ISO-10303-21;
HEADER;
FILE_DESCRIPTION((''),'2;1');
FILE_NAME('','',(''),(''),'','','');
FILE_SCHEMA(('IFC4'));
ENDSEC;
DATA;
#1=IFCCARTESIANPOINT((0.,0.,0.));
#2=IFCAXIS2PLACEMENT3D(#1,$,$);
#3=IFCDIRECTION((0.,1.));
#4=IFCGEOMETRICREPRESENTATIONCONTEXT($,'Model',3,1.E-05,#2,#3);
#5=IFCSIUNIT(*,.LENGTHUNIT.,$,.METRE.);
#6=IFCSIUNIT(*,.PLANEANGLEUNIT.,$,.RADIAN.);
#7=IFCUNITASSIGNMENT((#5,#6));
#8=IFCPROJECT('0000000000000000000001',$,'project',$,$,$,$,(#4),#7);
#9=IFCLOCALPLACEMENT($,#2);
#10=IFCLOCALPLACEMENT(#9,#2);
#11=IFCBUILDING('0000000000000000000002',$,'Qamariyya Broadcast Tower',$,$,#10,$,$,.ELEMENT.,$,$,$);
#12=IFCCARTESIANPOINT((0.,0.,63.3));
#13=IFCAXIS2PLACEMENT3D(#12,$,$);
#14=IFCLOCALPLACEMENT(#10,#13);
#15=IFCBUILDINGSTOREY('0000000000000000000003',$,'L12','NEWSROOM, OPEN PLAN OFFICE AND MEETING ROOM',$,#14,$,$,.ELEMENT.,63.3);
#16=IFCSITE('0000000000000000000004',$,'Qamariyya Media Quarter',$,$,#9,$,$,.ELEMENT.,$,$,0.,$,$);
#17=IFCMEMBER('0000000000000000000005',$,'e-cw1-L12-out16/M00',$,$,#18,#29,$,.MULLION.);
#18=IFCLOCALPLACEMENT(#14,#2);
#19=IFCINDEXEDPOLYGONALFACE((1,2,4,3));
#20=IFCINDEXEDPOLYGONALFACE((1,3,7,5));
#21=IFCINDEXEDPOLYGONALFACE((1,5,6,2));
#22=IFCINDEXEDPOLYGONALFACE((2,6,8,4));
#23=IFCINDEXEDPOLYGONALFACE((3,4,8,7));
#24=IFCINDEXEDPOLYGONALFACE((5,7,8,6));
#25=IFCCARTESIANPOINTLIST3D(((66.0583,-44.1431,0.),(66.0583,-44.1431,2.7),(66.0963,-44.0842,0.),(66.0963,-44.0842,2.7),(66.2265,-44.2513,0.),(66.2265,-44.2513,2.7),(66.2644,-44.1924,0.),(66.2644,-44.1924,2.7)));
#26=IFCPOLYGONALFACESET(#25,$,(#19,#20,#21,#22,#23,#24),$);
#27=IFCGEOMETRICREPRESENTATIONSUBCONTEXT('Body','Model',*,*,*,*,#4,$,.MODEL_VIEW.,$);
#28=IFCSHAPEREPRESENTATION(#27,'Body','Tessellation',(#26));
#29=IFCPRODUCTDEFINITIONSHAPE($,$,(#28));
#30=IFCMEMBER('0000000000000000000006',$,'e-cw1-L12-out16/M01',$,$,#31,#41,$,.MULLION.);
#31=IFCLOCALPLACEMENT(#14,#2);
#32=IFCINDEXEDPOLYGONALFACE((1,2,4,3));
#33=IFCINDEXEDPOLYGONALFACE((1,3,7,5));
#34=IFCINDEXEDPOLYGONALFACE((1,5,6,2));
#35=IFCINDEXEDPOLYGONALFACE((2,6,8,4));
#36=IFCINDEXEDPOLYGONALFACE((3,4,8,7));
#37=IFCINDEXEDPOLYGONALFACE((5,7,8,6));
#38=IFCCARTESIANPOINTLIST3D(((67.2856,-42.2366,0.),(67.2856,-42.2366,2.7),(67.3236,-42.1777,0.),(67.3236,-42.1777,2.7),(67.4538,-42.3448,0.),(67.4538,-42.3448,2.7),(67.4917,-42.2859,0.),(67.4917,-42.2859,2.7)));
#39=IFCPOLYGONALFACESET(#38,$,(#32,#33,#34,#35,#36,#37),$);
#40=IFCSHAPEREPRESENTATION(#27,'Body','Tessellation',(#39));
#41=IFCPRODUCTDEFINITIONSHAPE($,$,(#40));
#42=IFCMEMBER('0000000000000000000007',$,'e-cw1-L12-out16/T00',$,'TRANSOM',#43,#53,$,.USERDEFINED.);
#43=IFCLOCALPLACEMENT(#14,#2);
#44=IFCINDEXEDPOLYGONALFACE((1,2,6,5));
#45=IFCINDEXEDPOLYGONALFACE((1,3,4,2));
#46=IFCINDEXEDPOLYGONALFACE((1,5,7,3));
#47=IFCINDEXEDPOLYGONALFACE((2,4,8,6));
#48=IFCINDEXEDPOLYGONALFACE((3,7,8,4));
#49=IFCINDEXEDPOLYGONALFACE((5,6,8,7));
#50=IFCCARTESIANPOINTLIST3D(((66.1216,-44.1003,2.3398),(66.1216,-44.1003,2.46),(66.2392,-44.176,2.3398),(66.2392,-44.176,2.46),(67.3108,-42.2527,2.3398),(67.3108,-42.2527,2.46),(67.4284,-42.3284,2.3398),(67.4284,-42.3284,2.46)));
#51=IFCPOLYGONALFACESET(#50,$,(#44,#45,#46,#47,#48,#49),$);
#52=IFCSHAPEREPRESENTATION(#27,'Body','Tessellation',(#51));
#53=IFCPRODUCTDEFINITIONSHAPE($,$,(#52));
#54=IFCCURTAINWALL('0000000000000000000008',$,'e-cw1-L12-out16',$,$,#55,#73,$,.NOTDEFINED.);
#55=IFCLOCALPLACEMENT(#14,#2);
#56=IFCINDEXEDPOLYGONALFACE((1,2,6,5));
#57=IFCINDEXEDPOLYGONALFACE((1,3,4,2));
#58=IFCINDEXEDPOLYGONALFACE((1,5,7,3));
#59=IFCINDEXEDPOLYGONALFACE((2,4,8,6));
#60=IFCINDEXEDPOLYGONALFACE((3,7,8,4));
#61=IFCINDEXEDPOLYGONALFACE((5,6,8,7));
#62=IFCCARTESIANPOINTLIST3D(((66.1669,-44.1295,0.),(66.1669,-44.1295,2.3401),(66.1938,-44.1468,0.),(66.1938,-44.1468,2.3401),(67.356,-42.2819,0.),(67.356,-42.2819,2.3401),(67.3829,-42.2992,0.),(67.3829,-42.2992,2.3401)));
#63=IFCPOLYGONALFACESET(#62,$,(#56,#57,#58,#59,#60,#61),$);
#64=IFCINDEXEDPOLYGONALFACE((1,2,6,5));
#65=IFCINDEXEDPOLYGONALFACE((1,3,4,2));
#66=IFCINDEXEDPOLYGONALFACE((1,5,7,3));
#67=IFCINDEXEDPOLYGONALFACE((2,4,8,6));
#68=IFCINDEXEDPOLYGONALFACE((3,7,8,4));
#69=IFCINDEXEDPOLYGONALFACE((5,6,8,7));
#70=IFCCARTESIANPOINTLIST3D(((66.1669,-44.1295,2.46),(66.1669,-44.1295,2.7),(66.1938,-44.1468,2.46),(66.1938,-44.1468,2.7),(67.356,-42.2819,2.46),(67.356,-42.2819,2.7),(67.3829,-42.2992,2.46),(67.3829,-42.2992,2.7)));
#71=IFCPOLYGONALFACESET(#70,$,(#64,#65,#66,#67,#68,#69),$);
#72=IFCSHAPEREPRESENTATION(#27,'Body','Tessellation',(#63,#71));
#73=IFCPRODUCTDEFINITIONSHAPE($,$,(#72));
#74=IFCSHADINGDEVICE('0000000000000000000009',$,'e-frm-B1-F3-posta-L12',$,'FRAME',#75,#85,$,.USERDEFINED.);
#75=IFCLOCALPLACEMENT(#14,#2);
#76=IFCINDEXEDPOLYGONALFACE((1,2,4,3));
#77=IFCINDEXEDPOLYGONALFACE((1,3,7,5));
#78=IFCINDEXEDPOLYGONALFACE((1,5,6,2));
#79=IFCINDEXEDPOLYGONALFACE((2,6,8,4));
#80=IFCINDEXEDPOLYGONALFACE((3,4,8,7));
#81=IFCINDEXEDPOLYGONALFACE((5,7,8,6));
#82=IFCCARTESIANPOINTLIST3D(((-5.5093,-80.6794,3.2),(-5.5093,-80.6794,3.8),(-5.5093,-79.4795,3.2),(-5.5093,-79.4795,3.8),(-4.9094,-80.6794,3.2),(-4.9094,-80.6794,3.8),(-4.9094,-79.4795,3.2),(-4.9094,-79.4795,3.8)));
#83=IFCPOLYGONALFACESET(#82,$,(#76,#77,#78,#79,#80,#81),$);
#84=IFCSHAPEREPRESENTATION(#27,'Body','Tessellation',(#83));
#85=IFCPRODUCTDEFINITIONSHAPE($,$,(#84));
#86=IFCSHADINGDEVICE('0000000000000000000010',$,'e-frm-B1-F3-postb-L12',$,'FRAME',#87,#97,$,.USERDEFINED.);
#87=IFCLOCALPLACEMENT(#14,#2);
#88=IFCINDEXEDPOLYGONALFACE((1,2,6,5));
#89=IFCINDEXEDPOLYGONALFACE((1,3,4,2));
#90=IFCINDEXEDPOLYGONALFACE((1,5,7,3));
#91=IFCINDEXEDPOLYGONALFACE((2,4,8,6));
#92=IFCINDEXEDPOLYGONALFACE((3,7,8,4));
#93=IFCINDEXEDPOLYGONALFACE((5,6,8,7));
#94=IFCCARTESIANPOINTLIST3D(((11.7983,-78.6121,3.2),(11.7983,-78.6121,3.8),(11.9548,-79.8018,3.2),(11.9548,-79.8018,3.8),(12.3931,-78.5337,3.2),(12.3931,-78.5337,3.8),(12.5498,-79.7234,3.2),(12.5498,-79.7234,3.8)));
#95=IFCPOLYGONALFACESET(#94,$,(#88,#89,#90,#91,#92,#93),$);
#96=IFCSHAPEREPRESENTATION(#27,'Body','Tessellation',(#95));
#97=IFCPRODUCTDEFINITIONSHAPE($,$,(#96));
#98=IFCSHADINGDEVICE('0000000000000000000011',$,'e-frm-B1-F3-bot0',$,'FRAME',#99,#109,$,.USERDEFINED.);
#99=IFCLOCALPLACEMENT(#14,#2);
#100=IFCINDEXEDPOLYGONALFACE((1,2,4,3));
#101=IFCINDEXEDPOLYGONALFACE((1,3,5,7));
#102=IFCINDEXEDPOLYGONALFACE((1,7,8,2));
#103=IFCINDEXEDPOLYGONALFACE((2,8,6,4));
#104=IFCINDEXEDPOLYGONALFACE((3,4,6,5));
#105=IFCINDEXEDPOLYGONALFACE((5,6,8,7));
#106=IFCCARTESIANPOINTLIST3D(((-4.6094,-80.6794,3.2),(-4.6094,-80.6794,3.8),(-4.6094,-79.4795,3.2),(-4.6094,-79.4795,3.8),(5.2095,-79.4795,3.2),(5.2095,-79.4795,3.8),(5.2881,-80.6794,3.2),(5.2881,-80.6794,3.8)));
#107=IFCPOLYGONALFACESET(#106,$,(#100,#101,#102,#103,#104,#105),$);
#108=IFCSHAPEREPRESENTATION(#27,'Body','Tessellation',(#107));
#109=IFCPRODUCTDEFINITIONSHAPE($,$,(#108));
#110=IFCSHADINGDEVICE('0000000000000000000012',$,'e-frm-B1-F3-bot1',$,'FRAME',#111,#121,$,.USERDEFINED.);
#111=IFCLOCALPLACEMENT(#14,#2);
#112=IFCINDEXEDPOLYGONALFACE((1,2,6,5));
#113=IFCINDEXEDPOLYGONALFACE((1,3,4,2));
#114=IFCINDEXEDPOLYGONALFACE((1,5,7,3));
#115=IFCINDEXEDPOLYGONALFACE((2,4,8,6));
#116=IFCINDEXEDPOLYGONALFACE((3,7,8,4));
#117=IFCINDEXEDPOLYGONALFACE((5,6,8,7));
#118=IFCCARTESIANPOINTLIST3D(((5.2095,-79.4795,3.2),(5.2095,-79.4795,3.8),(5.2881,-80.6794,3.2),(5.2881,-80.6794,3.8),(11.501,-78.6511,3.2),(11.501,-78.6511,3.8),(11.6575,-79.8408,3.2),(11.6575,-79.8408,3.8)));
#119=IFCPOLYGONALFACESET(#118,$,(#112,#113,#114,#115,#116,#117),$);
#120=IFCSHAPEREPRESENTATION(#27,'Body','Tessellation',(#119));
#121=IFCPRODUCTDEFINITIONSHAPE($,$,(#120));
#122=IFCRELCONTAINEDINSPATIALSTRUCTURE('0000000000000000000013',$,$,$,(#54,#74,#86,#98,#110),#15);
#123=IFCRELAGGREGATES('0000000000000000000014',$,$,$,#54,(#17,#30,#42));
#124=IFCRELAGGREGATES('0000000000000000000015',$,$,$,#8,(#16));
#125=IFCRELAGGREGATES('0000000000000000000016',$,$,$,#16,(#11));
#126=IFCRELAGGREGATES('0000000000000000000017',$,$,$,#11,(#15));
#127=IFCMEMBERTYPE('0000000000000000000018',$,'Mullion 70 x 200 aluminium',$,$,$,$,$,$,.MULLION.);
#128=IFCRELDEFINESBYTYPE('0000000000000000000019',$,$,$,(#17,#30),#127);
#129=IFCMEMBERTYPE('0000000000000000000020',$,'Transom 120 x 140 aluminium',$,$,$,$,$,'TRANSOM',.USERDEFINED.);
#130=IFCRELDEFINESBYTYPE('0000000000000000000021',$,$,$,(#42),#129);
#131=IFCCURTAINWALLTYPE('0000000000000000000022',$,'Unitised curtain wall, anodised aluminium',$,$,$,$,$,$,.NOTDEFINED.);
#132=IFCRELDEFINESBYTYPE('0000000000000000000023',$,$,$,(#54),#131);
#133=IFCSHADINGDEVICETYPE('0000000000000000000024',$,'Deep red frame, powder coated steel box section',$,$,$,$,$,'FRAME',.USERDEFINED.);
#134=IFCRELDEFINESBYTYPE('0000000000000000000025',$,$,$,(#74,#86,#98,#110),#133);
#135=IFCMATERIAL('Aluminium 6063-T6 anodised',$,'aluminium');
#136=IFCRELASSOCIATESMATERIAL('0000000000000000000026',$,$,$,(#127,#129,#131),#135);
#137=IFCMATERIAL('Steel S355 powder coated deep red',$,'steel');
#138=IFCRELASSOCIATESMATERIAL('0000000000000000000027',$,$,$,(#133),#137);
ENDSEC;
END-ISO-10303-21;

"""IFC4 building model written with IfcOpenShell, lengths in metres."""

from ifc_helpers import new_model, si_unit, direction, frame, origin, origin_2d, place, context, subcontext, project, spatial, polyline, rectangle, outline, extrude, material, material_profile, profile_set, type_object, element, aggregate, save


model = new_model("IFC4")

# Units and contexts
model_context = context("Model", 3, precision=1e-05, world=origin(), true_north=direction((0.0, 1.0)))
body_context = subcontext(model_context, "Body", "Model", "MODEL_VIEW")
ifc_project = project(units=[si_unit("LENGTHUNIT", "METRE"), si_unit("PLANEANGLEUNIT", "RADIAN")], contexts=[model_context])

# Members
ifc_material_1 = material(Name="Aluminium 6063-T6 anodised", Category="aluminium")
ifc_material_profile_1 = material_profile(ifc_material_1, rectangle(XDim=0.2, YDim=0.0701, at=origin_2d()))
ifc_profile_set_1 = profile_set([ifc_material_profile_1], Name="Aluminium 6063-T6 anodised")
member_type_1 = type_object("IfcMemberType", Name="Mullion 70 x 200 aluminium", PredefinedType="MULLION", material=ifc_profile_set_1)
site_placement = place(None, origin())
building_placement = place(site_placement, origin())
storey_placement = place(building_placement, frame((0.0, 0.0, 63.3)))
member_1_placement = place(storey_placement, frame((66.1614, -44.1677, 0.0), z_axis=(0.0, 0.0, 1.0), x_axis=(-0.840842, 0.54128, 0.0)))
member_1 = element("IfcMember", 1, at=member_1_placement, type_object=member_type_1, Name="e-cw1-L12-out16/M00", PredefinedType="MULLION", context=body_context, shape_type="SweptSolid", body=[
    extrude(rectangle(XDim=0.2, YDim=0.0701, at=origin_2d()), origin(), (0.0, 0.0, 1.0), 2.7),
])
member_2_placement = place(storey_placement, frame((67.3887, -42.2612, 0.0), z_axis=(0.0, 0.0, 1.0), x_axis=(-0.840842, 0.54128, 0.0)))
member_2 = element("IfcMember", 2, at=member_2_placement, type_object=member_type_1, Name="e-cw1-L12-out16/M01", PredefinedType="MULLION", context=body_context, shape_type="SweptSolid", body=[
    extrude(rectangle(XDim=0.2, YDim=0.0701, at=origin_2d()), origin(), (0.0, 0.0, 1.0), 2.7),
])
ifc_material_profile_2 = material_profile(ifc_material_1, rectangle(XDim=0.1399, YDim=0.1201, at=origin_2d()))
ifc_profile_set_2 = profile_set([ifc_material_profile_2], Name="Aluminium 6063-T6 anodised")
member_type_2 = type_object("IfcMemberType", Name="Transom 120 x 140 aluminium", ElementType="TRANSOM", PredefinedType="USERDEFINED", material=ifc_profile_set_2)
member_3_placement = place(storey_placement, frame((66.1804, -44.1382, 2.3999), z_axis=(0.541218, 0.840882, 0.0), x_axis=(-0.840882, 0.541218, 0.0)))
member_3 = element("IfcMember", 3, at=member_3_placement, type_object=member_type_2, Name="e-cw1-L12-out16/T00", ObjectType="TRANSOM", PredefinedType="USERDEFINED", context=body_context, shape_type="SweptSolid", body=[
    extrude(rectangle(XDim=0.1399, YDim=0.1201, at=origin_2d()), origin(), (0.0, 0.0, 1.0), 2.1973),
])

# Site, building, storey
site = spatial("IfcSite", under=ifc_project, at=site_placement, Name="Qamariyya Media Quarter", CompositionType="ELEMENT", RefElevation=0.0)
building = spatial("IfcBuilding", under=site, at=building_placement, Name="Qamariyya Broadcast Tower", CompositionType="ELEMENT")
storey = spatial("IfcBuildingStorey", under=building, at=storey_placement, Name="L12", Description="NEWSROOM, OPEN PLAN OFFICE AND MEETING ROOM", CompositionType="ELEMENT", Elevation=63.3)

# Curtain wall
curtain_wall_type = type_object("IfcCurtainWallType", Name="Unitised curtain wall, anodised aluminium", PredefinedType="NOTDEFINED", material=ifc_material_1)
curtain_wall_placement = place(storey_placement, origin())
curtain_wall = element("IfcCurtainWall", 4, at=curtain_wall_placement, inside=storey, type_object=curtain_wall_type, Name="e-cw1-L12-out16", PredefinedType="NOTDEFINED", context=body_context, shape_type="SweptSolid", body=[
    extrude(rectangle(XDim=2.1973, YDim=0.032, at=origin_2d()), frame((66.7749, -43.2144, 0.0), x_axis=(0.541201, 0.840893, 0.0)), (0.0, 0.0, 1.0), 2.3401),
    extrude(rectangle(XDim=2.1973, YDim=0.032, at=origin_2d()), frame((66.7749, -43.2144, 2.46), x_axis=(0.541201, 0.840893, 0.0)), (0.0, 0.0, 1.0), 0.24),
])
aggregate(curtain_wall, [member_1, member_2, member_3])

# Shading devices
ifc_material_2 = material(Name="Steel S355 powder coated deep red", Category="steel")
shading_device_type = type_object("IfcShadingDeviceType", Name="Deep red frame, powder coated steel box section", ElementType="FRAME", PredefinedType="USERDEFINED", material=ifc_material_2)
shading_device_1_placement = place(storey_placement, frame((0.0, 0.0, 3.2)))
element("IfcShadingDevice", 5, at=shading_device_1_placement, inside=storey, type_object=shading_device_type, Name="e-frm-B1-F3-posta-L12", ObjectType="FRAME", PredefinedType="USERDEFINED", context=body_context, shape_type="SweptSolid", body=[
    extrude(outline(polyline([(-5.5093, -79.4795), (-5.5093, -80.6794), (-4.9094, -80.6794), (-4.9094, -79.4795), (-5.5093, -79.4795)])), origin(), (0.0, 0.0, 1.0), 0.6001),
])
shading_device_2_placement = place(storey_placement, frame((0.0, 0.0, 3.2)))
element("IfcShadingDevice", 6, at=shading_device_2_placement, inside=storey, type_object=shading_device_type, Name="e-frm-B1-F3-postb-L12", ObjectType="FRAME", PredefinedType="USERDEFINED", context=body_context, shape_type="SweptSolid", body=[
    extrude(outline(polyline([(11.7983, -78.6121), (11.9548, -79.8018), (12.5498, -79.7234), (12.3931, -78.5337), (11.7983, -78.6121)])), origin(), (0.0, 0.0, 1.0), 0.6001),
])
shading_device_3_placement = place(storey_placement, frame((0.0, 0.0, 3.2)))
element("IfcShadingDevice", 7, at=shading_device_3_placement, inside=storey, type_object=shading_device_type, Name="e-frm-B1-F3-bot0", ObjectType="FRAME", PredefinedType="USERDEFINED", context=body_context, shape_type="SweptSolid", body=[
    extrude(outline(polyline([(-4.6094, -79.4795), (-4.6094, -80.6794), (5.2881, -80.6794), (5.2095, -79.4795), (-4.6094, -79.4795)])), origin(), (0.0, 0.0, 1.0), 0.6001),
])
shading_device_4_placement = place(storey_placement, frame((0.0, 0.0, 3.2)))
element("IfcShadingDevice", 8, at=shading_device_4_placement, inside=storey, type_object=shading_device_type, Name="e-frm-B1-F3-bot1", ObjectType="FRAME", PredefinedType="USERDEFINED", context=body_context, shape_type="SweptSolid", body=[
    extrude(outline(polyline([(5.2095, -79.4795), (5.2881, -80.6794), (11.6575, -79.8408), (11.501, -78.6511), (5.2095, -79.4795)])), origin(), (0.0, 0.0, 1.0), 0.6001),
])

save(model, "model.ifc")
